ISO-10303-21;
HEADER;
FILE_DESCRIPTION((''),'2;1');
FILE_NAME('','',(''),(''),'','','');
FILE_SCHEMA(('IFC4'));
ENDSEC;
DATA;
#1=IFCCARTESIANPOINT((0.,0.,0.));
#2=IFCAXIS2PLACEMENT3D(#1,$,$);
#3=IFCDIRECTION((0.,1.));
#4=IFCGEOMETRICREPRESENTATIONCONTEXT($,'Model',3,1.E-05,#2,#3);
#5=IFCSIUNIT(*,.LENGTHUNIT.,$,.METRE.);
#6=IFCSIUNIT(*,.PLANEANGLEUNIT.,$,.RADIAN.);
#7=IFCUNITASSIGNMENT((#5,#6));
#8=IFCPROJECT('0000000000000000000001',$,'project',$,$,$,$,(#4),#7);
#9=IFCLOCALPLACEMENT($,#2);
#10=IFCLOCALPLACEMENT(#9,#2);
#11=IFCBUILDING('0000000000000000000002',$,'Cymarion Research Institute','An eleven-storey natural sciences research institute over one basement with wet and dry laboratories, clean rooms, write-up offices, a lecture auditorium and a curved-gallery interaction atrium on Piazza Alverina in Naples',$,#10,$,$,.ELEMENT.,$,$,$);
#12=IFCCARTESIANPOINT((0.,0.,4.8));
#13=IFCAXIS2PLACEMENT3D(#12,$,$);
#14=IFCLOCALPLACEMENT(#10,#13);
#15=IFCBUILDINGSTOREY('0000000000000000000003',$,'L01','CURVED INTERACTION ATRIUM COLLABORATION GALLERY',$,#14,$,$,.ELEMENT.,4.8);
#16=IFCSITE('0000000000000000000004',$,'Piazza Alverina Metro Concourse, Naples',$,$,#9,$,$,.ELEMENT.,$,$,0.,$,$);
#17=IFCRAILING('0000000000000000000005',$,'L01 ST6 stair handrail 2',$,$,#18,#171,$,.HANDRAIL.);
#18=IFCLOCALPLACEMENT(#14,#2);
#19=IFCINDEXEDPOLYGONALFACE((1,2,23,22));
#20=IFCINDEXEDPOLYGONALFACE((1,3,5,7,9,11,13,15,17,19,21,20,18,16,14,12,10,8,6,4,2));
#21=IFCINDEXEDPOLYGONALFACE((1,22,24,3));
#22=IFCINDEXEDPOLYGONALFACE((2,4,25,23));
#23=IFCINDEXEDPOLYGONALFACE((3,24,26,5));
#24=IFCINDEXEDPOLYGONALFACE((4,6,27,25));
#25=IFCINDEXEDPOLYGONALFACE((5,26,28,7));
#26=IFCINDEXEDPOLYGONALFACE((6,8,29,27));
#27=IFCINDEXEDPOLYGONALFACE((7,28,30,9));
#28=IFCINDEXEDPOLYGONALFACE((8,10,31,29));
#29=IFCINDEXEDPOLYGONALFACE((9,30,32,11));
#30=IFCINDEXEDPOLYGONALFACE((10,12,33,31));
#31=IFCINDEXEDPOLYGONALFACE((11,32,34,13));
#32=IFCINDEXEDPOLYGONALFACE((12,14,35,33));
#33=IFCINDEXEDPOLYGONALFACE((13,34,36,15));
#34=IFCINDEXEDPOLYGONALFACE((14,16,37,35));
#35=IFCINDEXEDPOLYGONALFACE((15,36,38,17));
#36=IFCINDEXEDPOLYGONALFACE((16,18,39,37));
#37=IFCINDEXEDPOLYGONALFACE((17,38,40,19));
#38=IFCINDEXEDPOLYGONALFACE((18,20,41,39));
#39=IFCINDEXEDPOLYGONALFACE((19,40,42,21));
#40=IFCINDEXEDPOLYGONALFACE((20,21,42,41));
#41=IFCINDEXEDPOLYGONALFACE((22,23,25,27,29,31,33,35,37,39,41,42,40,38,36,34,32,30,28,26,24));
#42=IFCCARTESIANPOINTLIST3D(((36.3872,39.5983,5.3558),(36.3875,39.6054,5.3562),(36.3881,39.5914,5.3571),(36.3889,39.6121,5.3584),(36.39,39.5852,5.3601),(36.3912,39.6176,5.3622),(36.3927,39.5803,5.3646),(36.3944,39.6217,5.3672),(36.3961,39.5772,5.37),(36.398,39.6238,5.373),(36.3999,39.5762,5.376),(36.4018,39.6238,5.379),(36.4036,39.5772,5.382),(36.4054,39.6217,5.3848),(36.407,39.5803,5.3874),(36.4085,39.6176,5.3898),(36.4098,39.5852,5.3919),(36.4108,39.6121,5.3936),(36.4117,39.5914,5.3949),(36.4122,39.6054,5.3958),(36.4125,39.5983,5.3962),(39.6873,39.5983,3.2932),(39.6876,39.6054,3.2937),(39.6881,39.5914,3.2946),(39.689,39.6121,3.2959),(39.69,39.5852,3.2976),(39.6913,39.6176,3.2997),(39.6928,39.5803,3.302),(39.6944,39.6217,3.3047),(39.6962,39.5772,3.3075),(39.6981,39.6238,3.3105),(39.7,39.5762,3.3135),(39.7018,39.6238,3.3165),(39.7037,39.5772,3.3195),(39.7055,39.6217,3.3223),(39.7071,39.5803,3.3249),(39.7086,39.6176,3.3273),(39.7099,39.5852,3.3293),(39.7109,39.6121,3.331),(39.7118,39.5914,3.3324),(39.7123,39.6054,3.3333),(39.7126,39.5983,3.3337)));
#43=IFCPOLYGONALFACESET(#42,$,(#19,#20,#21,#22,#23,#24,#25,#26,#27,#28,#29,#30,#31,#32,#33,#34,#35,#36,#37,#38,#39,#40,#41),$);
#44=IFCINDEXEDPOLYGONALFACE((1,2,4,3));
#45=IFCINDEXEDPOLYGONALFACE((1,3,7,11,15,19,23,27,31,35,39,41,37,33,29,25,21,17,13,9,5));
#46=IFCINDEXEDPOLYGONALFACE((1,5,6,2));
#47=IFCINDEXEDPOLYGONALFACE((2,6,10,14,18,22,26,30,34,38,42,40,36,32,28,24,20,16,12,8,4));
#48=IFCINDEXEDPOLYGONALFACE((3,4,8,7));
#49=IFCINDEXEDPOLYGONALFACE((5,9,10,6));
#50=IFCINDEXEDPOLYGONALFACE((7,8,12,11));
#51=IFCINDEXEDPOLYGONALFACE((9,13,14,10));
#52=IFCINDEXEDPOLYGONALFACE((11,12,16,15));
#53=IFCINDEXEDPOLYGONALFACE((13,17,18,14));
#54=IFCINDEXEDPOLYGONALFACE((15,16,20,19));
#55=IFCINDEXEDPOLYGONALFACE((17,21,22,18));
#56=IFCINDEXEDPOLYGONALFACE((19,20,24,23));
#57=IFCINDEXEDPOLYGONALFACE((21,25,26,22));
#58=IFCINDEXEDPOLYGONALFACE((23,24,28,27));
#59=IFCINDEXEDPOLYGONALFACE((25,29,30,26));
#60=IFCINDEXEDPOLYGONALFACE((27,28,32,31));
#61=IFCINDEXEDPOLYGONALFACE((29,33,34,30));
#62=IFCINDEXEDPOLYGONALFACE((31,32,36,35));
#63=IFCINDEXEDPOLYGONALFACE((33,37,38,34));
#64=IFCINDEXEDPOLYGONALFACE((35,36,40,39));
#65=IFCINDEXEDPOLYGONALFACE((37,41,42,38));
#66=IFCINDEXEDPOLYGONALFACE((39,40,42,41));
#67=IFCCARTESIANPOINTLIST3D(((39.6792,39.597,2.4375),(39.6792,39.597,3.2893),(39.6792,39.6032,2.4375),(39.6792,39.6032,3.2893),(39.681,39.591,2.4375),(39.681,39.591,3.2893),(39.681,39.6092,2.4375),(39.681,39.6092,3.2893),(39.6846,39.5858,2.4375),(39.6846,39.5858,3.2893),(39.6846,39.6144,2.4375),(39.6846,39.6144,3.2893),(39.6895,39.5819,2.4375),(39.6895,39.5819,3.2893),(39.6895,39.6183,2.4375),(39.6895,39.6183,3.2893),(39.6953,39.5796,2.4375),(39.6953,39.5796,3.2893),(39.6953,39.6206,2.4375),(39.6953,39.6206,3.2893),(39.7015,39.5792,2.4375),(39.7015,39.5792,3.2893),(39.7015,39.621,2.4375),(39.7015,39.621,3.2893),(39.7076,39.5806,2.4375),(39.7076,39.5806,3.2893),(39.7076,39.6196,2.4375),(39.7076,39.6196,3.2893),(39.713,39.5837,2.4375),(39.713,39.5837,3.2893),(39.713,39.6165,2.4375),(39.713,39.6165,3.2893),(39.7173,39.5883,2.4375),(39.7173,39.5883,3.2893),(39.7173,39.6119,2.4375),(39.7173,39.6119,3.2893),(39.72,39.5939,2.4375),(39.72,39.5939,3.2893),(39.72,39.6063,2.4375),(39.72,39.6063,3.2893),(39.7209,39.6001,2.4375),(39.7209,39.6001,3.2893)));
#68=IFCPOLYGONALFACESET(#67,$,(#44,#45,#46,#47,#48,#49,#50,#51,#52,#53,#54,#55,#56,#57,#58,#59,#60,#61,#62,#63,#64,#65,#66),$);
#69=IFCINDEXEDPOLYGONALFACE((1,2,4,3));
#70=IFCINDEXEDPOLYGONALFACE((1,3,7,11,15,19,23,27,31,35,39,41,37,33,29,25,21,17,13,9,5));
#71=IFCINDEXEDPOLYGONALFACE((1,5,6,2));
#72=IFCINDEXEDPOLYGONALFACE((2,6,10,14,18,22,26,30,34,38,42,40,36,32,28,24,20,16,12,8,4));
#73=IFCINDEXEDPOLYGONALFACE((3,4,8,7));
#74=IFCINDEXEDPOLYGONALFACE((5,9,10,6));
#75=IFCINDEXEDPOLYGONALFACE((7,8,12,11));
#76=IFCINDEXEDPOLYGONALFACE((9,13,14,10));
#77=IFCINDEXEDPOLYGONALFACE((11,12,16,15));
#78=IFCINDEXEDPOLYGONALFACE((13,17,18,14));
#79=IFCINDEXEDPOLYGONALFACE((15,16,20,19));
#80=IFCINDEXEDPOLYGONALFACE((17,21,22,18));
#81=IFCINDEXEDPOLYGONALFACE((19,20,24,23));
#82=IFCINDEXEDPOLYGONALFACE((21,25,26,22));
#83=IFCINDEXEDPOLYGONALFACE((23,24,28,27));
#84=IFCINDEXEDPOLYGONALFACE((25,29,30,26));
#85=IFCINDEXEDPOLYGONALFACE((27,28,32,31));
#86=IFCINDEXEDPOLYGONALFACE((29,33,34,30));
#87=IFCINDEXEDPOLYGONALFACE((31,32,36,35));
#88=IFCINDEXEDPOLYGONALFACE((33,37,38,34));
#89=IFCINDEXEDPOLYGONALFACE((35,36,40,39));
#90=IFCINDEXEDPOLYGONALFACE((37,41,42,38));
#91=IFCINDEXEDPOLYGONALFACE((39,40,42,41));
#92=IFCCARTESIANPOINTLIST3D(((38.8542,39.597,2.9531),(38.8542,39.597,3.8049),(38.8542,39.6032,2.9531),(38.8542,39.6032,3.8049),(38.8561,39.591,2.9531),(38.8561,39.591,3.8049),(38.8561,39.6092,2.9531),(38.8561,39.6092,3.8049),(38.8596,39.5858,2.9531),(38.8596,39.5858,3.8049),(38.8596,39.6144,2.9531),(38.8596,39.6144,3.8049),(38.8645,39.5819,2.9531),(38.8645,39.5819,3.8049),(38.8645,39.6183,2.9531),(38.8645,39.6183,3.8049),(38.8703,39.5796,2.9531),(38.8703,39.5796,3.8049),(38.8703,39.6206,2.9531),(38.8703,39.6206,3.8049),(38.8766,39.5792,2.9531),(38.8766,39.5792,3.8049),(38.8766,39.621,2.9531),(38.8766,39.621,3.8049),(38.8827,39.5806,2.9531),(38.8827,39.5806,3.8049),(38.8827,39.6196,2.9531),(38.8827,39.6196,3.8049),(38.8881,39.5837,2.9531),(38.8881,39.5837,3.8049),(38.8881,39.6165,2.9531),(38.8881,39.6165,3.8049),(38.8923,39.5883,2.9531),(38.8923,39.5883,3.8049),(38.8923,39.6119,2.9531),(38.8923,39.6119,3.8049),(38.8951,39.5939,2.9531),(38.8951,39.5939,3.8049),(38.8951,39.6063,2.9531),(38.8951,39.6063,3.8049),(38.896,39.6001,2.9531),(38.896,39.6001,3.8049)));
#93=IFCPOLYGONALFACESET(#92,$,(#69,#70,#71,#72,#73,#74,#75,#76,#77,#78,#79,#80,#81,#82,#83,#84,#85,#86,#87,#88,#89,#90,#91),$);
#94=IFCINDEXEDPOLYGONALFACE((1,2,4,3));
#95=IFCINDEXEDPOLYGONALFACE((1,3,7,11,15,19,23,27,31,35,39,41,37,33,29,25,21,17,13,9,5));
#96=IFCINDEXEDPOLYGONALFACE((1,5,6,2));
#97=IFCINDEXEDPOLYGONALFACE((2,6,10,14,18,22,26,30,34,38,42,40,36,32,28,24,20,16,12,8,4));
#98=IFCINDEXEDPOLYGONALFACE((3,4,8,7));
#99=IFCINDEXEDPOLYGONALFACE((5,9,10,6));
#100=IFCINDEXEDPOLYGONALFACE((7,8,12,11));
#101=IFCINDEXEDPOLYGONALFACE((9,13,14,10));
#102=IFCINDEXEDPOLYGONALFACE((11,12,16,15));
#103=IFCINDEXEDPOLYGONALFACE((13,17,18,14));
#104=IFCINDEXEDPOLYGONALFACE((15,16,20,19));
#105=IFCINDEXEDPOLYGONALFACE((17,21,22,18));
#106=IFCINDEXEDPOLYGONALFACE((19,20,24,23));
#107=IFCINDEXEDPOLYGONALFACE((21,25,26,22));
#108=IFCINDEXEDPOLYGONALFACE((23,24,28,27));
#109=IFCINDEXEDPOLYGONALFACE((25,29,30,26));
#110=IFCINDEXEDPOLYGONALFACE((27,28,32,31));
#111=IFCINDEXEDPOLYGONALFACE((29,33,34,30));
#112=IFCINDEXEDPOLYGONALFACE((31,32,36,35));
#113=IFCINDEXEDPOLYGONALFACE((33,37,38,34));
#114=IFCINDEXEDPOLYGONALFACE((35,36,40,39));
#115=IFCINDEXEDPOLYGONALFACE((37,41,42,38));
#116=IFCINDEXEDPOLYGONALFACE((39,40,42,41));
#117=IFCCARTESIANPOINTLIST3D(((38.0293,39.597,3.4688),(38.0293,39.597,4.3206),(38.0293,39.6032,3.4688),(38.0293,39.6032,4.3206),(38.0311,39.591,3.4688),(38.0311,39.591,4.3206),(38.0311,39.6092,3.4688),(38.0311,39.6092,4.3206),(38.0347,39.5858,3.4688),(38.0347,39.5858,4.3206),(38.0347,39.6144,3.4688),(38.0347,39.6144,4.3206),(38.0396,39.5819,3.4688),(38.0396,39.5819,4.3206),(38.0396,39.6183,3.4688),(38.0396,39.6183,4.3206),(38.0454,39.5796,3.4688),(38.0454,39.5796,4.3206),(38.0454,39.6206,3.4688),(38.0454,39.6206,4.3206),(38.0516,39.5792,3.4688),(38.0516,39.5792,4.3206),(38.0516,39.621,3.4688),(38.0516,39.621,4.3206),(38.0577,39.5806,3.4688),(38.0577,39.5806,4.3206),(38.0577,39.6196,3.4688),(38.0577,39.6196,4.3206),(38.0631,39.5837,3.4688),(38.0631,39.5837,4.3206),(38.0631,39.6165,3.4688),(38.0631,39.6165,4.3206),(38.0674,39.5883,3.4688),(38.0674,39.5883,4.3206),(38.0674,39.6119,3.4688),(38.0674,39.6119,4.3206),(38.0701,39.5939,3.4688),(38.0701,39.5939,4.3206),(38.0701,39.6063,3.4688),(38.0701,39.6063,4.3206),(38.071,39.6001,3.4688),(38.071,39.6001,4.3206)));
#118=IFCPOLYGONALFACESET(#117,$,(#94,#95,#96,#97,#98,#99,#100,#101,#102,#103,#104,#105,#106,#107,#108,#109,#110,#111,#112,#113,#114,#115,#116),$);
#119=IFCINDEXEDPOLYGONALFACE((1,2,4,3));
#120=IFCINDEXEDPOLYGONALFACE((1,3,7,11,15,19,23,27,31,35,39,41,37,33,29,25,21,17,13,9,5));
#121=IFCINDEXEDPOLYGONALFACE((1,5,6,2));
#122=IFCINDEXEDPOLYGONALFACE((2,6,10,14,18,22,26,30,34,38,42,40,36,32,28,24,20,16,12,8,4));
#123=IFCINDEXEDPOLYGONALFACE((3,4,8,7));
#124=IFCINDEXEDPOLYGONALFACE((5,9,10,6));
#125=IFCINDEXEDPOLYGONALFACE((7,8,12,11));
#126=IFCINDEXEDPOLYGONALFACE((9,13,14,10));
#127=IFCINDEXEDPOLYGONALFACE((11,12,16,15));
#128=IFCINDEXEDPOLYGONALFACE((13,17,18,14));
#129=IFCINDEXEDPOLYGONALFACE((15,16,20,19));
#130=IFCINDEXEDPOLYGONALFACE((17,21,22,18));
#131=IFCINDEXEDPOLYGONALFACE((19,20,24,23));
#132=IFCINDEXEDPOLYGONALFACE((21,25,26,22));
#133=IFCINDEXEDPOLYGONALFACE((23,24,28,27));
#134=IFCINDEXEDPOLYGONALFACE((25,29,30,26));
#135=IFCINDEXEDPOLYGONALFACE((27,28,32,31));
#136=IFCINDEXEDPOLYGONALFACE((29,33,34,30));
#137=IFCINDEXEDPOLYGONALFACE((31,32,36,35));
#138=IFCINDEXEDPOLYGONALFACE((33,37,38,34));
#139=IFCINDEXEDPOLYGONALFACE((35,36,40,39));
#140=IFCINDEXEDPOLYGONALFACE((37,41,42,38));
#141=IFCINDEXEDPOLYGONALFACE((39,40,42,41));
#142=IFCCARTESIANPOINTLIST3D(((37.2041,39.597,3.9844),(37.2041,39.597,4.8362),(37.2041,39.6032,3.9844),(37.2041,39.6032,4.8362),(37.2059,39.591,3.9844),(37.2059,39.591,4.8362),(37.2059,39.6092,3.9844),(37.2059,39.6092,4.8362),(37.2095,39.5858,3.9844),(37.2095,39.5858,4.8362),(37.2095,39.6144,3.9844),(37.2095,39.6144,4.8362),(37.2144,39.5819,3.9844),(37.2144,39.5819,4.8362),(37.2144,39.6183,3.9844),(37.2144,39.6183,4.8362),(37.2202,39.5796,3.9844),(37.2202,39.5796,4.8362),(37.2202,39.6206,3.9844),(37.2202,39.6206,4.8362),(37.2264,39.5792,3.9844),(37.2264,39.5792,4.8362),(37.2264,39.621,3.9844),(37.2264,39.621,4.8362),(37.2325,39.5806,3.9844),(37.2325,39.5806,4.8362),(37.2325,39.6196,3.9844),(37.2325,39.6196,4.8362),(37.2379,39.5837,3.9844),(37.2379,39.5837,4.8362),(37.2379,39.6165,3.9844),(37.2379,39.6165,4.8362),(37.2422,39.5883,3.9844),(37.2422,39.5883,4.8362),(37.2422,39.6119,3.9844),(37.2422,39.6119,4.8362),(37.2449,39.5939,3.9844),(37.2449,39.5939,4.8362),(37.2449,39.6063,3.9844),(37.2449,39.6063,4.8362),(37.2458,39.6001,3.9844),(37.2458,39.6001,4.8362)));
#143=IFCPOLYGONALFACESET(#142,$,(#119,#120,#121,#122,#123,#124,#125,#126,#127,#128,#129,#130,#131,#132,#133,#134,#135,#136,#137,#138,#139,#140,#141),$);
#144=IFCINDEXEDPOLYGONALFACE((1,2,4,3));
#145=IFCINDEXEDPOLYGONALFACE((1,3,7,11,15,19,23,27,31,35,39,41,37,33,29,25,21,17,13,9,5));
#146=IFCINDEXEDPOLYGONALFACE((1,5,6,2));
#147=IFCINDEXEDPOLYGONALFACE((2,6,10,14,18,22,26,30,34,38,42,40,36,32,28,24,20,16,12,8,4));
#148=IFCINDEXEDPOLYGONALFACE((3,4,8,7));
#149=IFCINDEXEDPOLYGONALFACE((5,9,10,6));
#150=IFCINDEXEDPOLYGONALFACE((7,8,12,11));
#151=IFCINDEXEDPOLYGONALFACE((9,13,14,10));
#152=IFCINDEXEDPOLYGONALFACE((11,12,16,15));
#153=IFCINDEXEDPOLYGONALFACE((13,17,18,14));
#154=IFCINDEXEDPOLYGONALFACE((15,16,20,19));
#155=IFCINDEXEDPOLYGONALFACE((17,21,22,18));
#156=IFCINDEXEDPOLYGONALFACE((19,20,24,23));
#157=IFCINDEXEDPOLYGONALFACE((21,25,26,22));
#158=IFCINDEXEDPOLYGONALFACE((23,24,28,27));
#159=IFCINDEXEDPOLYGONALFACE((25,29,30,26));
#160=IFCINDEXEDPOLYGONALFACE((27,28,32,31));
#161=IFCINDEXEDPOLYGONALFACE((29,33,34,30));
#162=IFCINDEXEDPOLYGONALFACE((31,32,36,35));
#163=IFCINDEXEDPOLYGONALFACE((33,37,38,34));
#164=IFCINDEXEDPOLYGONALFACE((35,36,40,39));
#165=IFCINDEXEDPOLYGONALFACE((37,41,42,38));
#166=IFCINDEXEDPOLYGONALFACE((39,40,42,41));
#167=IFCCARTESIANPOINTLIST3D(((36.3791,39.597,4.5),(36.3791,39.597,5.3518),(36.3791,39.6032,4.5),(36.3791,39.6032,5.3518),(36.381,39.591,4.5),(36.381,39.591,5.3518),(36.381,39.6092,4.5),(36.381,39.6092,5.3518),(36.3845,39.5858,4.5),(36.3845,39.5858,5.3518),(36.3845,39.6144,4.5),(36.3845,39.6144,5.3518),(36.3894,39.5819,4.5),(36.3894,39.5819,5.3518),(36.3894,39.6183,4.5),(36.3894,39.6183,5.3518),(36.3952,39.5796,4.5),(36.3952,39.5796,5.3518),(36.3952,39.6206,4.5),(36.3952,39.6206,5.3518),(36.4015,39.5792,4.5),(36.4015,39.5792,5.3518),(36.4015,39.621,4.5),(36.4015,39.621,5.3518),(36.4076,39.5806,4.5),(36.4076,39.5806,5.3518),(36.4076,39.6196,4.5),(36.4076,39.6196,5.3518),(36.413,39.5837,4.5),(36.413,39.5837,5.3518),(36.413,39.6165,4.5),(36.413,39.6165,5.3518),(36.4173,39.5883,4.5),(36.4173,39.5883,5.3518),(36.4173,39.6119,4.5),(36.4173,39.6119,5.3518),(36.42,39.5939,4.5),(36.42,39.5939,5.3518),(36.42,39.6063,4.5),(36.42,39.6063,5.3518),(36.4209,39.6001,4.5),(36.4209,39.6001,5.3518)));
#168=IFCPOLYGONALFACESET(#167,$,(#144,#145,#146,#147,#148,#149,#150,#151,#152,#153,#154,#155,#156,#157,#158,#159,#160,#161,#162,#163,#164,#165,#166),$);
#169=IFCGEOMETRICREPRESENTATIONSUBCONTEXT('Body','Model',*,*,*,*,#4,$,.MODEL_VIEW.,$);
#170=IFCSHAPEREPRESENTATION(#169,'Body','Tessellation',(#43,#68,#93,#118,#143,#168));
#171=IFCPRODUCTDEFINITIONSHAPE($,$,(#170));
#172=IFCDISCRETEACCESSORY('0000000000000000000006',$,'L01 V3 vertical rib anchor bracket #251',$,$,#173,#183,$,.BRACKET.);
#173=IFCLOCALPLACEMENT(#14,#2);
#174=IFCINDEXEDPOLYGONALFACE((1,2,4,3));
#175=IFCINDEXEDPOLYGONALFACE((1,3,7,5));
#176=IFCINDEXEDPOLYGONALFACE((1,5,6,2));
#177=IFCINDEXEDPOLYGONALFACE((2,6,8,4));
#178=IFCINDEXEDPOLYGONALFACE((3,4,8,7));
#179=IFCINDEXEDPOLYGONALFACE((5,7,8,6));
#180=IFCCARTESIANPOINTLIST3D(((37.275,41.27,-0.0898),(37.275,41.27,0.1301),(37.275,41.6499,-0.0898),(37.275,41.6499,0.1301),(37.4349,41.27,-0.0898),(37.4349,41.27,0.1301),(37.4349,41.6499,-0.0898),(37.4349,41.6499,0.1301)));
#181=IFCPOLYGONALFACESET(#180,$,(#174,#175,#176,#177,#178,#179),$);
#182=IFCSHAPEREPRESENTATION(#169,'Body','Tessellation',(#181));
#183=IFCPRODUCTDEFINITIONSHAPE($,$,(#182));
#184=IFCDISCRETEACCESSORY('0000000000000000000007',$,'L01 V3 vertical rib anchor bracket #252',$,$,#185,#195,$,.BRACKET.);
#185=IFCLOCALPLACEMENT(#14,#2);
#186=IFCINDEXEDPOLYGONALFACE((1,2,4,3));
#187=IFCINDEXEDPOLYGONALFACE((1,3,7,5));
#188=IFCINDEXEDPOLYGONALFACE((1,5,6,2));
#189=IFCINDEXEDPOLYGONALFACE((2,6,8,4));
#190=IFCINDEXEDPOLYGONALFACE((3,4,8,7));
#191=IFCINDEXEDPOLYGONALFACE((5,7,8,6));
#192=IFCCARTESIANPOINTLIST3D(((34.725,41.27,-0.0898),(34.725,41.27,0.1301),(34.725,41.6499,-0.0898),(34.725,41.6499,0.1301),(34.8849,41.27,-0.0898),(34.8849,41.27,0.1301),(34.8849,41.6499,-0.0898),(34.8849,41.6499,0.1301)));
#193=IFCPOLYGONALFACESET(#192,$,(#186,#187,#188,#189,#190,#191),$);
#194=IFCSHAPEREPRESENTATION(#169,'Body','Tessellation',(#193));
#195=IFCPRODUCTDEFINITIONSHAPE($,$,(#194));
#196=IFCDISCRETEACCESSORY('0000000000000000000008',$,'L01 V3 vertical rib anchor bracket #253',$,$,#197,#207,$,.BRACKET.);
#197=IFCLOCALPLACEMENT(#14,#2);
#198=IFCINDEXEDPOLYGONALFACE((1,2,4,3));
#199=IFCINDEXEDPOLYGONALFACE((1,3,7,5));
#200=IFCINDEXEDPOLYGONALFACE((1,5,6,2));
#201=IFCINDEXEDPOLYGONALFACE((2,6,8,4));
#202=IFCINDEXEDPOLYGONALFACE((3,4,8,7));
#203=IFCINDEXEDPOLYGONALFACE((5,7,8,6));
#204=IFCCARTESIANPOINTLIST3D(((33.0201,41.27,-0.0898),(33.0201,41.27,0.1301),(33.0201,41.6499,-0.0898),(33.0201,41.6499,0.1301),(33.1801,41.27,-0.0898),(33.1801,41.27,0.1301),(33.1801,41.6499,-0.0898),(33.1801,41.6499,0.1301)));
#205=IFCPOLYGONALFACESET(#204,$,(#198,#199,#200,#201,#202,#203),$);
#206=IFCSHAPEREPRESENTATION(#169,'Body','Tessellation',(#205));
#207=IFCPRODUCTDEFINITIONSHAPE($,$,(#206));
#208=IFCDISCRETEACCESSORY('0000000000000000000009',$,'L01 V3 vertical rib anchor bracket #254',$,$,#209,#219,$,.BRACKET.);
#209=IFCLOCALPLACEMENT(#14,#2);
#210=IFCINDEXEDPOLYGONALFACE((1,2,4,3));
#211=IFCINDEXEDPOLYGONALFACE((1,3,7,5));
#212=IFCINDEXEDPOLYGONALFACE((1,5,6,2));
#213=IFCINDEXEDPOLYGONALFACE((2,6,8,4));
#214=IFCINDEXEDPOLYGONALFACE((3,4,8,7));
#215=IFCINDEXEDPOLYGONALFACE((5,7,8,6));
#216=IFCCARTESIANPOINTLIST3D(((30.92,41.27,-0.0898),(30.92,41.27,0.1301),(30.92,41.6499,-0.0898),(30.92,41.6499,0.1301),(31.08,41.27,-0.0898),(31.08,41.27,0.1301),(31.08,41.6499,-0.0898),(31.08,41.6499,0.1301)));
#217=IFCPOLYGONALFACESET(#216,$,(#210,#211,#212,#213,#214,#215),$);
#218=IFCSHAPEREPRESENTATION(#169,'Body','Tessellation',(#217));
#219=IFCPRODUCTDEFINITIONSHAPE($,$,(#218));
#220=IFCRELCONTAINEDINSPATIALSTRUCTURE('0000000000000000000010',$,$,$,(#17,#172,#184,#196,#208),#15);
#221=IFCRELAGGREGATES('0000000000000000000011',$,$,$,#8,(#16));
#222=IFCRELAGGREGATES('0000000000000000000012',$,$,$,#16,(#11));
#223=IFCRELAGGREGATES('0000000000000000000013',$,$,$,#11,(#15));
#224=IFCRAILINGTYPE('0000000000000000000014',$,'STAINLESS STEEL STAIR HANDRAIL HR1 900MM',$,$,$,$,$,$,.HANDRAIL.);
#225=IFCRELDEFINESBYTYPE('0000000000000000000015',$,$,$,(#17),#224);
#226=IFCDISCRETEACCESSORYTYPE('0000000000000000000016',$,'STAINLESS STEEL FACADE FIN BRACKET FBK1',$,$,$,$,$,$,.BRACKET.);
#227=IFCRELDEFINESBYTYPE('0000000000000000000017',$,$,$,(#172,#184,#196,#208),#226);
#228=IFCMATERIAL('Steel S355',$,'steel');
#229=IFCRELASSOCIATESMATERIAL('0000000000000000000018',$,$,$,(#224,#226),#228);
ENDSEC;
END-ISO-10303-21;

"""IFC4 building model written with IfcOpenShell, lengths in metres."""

from ifc_helpers import new_model, si_unit, direction, frame, origin, origin_2d, place, context, subcontext, project, spatial, rectangle, circle, extrude, material, type_object, element, save


model = new_model("IFC4")

# Units and contexts
model_context = context("Model", 3, precision=1e-05, world=origin(), true_north=direction((0.0, 1.0)))
body_context = subcontext(model_context, "Body", "Model", "MODEL_VIEW")
ifc_project = project(units=[si_unit("LENGTHUNIT", "METRE"), si_unit("PLANEANGLEUNIT", "RADIAN")], contexts=[model_context])

# Site, building, storey
site_placement = place(None, origin())
site = spatial("IfcSite", under=ifc_project, at=site_placement, Name="Piazza Alverina Metro Concourse, Naples", CompositionType="ELEMENT", RefElevation=0.0)
building_placement = place(site_placement, origin())
building = spatial("IfcBuilding", under=site, at=building_placement, Name="Cymarion Research Institute", Description="An eleven-storey natural sciences research institute over one basement with wet and dry laboratories, clean rooms, write-up offices, a lecture auditorium and a curved-gallery interaction atrium on Piazza Alverina in Naples", CompositionType="ELEMENT")
storey_placement = place(building_placement, frame((0.0, 0.0, 4.8)))
storey = spatial("IfcBuildingStorey", under=building, at=storey_placement, Name="L01", Description="CURVED INTERACTION ATRIUM COLLABORATION GALLERY", CompositionType="ELEMENT", Elevation=4.8)

# Shared definitions
ifc_material_1 = material(Name="Steel S355", Category="steel")

# Railing
railing_type_1 = type_object("IfcRailingType", Name="STAINLESS STEEL STAIR HANDRAIL HR1 900MM", PredefinedType="HANDRAIL", material=ifc_material_1)
railing_1_placement = place(storey_placement, frame((39.7, 39.6001, 2.4375)))
element("IfcRailing", 1, at=railing_1_placement, inside=storey, type_object=railing_type_1, Name="L01 ST6 stair handrail 2", PredefinedType="HANDRAIL", context=body_context, shape_type="SweptSolid", body=[
    extrude(circle(Radius=0.0239, at=origin_2d()), frame((0.0, 0.0, 0.876), z_axis=(-0.848002, 0.0, 0.529993), x_axis=(0.0, -1.0, 0.0)), (0.0, 0.0, 1.0), 3.8916),
    extrude(circle(Radius=0.021, at=origin_2d()), origin(), (0.0, 0.0, 1.0), 0.8518),
    extrude(circle(Radius=0.021, at=origin_2d()), frame((-0.825, 0.0, 0.5156)), (0.0, 0.0, 1.0), 0.8518),
    extrude(circle(Radius=0.021, at=origin_2d()), frame((-1.6499, 0.0, 1.0312)), (0.0, 0.0, 1.0), 0.8518),
    extrude(circle(Radius=0.021, at=origin_2d()), frame((-2.4751, 0.0, 1.5469)), (0.0, 0.0, 1.0), 0.8518),
    extrude(circle(Radius=0.021, at=origin_2d()), frame((-3.3, 0.0, 2.0625)), (0.0, 0.0, 1.0), 0.8518),
])

# Discrete accessories
discrete_accessory_type = type_object("IfcDiscreteAccessoryType", Name="STAINLESS STEEL FACADE FIN BRACKET FBK1", PredefinedType="BRACKET", material=ifc_material_1)
for number, where, z_axis, x_axis, name in (
    (2, (37.355, 41.46, -0.0898), (0.0, 0.0, 1.0), (0.0, 1.0, 0.0), "L01 V3 vertical rib anchor bracket #251"),
    (3, (34.8049, 41.46, -0.0898), (0.0, 0.0, 1.0), (0.0, 1.0, 0.0), "L01 V3 vertical rib anchor bracket #252"),
    (4, (33.1001, 41.46, -0.0898), (0.0, 0.0, 1.0), (0.0, 1.0, 0.0), "L01 V3 vertical rib anchor bracket #253"),
    (5, (31.0, 41.46, -0.0898), (0.0, 0.0, 1.0), (0.0, 1.0, 0.0), "L01 V3 vertical rib anchor bracket #254"),
):
    element("IfcDiscreteAccessory", number, at=place(storey_placement, frame(where, z_axis=z_axis, x_axis=x_axis)), inside=storey, type_object=discrete_accessory_type, Name=name, PredefinedType="BRACKET", context=body_context, shape_type="SweptSolid", body=[
        extrude(rectangle(XDim=0.3799, YDim=0.1599, at=origin_2d()), origin(), (0.0, 0.0, 1.0), 0.22),
    ])

save(model, "model.ifc")
